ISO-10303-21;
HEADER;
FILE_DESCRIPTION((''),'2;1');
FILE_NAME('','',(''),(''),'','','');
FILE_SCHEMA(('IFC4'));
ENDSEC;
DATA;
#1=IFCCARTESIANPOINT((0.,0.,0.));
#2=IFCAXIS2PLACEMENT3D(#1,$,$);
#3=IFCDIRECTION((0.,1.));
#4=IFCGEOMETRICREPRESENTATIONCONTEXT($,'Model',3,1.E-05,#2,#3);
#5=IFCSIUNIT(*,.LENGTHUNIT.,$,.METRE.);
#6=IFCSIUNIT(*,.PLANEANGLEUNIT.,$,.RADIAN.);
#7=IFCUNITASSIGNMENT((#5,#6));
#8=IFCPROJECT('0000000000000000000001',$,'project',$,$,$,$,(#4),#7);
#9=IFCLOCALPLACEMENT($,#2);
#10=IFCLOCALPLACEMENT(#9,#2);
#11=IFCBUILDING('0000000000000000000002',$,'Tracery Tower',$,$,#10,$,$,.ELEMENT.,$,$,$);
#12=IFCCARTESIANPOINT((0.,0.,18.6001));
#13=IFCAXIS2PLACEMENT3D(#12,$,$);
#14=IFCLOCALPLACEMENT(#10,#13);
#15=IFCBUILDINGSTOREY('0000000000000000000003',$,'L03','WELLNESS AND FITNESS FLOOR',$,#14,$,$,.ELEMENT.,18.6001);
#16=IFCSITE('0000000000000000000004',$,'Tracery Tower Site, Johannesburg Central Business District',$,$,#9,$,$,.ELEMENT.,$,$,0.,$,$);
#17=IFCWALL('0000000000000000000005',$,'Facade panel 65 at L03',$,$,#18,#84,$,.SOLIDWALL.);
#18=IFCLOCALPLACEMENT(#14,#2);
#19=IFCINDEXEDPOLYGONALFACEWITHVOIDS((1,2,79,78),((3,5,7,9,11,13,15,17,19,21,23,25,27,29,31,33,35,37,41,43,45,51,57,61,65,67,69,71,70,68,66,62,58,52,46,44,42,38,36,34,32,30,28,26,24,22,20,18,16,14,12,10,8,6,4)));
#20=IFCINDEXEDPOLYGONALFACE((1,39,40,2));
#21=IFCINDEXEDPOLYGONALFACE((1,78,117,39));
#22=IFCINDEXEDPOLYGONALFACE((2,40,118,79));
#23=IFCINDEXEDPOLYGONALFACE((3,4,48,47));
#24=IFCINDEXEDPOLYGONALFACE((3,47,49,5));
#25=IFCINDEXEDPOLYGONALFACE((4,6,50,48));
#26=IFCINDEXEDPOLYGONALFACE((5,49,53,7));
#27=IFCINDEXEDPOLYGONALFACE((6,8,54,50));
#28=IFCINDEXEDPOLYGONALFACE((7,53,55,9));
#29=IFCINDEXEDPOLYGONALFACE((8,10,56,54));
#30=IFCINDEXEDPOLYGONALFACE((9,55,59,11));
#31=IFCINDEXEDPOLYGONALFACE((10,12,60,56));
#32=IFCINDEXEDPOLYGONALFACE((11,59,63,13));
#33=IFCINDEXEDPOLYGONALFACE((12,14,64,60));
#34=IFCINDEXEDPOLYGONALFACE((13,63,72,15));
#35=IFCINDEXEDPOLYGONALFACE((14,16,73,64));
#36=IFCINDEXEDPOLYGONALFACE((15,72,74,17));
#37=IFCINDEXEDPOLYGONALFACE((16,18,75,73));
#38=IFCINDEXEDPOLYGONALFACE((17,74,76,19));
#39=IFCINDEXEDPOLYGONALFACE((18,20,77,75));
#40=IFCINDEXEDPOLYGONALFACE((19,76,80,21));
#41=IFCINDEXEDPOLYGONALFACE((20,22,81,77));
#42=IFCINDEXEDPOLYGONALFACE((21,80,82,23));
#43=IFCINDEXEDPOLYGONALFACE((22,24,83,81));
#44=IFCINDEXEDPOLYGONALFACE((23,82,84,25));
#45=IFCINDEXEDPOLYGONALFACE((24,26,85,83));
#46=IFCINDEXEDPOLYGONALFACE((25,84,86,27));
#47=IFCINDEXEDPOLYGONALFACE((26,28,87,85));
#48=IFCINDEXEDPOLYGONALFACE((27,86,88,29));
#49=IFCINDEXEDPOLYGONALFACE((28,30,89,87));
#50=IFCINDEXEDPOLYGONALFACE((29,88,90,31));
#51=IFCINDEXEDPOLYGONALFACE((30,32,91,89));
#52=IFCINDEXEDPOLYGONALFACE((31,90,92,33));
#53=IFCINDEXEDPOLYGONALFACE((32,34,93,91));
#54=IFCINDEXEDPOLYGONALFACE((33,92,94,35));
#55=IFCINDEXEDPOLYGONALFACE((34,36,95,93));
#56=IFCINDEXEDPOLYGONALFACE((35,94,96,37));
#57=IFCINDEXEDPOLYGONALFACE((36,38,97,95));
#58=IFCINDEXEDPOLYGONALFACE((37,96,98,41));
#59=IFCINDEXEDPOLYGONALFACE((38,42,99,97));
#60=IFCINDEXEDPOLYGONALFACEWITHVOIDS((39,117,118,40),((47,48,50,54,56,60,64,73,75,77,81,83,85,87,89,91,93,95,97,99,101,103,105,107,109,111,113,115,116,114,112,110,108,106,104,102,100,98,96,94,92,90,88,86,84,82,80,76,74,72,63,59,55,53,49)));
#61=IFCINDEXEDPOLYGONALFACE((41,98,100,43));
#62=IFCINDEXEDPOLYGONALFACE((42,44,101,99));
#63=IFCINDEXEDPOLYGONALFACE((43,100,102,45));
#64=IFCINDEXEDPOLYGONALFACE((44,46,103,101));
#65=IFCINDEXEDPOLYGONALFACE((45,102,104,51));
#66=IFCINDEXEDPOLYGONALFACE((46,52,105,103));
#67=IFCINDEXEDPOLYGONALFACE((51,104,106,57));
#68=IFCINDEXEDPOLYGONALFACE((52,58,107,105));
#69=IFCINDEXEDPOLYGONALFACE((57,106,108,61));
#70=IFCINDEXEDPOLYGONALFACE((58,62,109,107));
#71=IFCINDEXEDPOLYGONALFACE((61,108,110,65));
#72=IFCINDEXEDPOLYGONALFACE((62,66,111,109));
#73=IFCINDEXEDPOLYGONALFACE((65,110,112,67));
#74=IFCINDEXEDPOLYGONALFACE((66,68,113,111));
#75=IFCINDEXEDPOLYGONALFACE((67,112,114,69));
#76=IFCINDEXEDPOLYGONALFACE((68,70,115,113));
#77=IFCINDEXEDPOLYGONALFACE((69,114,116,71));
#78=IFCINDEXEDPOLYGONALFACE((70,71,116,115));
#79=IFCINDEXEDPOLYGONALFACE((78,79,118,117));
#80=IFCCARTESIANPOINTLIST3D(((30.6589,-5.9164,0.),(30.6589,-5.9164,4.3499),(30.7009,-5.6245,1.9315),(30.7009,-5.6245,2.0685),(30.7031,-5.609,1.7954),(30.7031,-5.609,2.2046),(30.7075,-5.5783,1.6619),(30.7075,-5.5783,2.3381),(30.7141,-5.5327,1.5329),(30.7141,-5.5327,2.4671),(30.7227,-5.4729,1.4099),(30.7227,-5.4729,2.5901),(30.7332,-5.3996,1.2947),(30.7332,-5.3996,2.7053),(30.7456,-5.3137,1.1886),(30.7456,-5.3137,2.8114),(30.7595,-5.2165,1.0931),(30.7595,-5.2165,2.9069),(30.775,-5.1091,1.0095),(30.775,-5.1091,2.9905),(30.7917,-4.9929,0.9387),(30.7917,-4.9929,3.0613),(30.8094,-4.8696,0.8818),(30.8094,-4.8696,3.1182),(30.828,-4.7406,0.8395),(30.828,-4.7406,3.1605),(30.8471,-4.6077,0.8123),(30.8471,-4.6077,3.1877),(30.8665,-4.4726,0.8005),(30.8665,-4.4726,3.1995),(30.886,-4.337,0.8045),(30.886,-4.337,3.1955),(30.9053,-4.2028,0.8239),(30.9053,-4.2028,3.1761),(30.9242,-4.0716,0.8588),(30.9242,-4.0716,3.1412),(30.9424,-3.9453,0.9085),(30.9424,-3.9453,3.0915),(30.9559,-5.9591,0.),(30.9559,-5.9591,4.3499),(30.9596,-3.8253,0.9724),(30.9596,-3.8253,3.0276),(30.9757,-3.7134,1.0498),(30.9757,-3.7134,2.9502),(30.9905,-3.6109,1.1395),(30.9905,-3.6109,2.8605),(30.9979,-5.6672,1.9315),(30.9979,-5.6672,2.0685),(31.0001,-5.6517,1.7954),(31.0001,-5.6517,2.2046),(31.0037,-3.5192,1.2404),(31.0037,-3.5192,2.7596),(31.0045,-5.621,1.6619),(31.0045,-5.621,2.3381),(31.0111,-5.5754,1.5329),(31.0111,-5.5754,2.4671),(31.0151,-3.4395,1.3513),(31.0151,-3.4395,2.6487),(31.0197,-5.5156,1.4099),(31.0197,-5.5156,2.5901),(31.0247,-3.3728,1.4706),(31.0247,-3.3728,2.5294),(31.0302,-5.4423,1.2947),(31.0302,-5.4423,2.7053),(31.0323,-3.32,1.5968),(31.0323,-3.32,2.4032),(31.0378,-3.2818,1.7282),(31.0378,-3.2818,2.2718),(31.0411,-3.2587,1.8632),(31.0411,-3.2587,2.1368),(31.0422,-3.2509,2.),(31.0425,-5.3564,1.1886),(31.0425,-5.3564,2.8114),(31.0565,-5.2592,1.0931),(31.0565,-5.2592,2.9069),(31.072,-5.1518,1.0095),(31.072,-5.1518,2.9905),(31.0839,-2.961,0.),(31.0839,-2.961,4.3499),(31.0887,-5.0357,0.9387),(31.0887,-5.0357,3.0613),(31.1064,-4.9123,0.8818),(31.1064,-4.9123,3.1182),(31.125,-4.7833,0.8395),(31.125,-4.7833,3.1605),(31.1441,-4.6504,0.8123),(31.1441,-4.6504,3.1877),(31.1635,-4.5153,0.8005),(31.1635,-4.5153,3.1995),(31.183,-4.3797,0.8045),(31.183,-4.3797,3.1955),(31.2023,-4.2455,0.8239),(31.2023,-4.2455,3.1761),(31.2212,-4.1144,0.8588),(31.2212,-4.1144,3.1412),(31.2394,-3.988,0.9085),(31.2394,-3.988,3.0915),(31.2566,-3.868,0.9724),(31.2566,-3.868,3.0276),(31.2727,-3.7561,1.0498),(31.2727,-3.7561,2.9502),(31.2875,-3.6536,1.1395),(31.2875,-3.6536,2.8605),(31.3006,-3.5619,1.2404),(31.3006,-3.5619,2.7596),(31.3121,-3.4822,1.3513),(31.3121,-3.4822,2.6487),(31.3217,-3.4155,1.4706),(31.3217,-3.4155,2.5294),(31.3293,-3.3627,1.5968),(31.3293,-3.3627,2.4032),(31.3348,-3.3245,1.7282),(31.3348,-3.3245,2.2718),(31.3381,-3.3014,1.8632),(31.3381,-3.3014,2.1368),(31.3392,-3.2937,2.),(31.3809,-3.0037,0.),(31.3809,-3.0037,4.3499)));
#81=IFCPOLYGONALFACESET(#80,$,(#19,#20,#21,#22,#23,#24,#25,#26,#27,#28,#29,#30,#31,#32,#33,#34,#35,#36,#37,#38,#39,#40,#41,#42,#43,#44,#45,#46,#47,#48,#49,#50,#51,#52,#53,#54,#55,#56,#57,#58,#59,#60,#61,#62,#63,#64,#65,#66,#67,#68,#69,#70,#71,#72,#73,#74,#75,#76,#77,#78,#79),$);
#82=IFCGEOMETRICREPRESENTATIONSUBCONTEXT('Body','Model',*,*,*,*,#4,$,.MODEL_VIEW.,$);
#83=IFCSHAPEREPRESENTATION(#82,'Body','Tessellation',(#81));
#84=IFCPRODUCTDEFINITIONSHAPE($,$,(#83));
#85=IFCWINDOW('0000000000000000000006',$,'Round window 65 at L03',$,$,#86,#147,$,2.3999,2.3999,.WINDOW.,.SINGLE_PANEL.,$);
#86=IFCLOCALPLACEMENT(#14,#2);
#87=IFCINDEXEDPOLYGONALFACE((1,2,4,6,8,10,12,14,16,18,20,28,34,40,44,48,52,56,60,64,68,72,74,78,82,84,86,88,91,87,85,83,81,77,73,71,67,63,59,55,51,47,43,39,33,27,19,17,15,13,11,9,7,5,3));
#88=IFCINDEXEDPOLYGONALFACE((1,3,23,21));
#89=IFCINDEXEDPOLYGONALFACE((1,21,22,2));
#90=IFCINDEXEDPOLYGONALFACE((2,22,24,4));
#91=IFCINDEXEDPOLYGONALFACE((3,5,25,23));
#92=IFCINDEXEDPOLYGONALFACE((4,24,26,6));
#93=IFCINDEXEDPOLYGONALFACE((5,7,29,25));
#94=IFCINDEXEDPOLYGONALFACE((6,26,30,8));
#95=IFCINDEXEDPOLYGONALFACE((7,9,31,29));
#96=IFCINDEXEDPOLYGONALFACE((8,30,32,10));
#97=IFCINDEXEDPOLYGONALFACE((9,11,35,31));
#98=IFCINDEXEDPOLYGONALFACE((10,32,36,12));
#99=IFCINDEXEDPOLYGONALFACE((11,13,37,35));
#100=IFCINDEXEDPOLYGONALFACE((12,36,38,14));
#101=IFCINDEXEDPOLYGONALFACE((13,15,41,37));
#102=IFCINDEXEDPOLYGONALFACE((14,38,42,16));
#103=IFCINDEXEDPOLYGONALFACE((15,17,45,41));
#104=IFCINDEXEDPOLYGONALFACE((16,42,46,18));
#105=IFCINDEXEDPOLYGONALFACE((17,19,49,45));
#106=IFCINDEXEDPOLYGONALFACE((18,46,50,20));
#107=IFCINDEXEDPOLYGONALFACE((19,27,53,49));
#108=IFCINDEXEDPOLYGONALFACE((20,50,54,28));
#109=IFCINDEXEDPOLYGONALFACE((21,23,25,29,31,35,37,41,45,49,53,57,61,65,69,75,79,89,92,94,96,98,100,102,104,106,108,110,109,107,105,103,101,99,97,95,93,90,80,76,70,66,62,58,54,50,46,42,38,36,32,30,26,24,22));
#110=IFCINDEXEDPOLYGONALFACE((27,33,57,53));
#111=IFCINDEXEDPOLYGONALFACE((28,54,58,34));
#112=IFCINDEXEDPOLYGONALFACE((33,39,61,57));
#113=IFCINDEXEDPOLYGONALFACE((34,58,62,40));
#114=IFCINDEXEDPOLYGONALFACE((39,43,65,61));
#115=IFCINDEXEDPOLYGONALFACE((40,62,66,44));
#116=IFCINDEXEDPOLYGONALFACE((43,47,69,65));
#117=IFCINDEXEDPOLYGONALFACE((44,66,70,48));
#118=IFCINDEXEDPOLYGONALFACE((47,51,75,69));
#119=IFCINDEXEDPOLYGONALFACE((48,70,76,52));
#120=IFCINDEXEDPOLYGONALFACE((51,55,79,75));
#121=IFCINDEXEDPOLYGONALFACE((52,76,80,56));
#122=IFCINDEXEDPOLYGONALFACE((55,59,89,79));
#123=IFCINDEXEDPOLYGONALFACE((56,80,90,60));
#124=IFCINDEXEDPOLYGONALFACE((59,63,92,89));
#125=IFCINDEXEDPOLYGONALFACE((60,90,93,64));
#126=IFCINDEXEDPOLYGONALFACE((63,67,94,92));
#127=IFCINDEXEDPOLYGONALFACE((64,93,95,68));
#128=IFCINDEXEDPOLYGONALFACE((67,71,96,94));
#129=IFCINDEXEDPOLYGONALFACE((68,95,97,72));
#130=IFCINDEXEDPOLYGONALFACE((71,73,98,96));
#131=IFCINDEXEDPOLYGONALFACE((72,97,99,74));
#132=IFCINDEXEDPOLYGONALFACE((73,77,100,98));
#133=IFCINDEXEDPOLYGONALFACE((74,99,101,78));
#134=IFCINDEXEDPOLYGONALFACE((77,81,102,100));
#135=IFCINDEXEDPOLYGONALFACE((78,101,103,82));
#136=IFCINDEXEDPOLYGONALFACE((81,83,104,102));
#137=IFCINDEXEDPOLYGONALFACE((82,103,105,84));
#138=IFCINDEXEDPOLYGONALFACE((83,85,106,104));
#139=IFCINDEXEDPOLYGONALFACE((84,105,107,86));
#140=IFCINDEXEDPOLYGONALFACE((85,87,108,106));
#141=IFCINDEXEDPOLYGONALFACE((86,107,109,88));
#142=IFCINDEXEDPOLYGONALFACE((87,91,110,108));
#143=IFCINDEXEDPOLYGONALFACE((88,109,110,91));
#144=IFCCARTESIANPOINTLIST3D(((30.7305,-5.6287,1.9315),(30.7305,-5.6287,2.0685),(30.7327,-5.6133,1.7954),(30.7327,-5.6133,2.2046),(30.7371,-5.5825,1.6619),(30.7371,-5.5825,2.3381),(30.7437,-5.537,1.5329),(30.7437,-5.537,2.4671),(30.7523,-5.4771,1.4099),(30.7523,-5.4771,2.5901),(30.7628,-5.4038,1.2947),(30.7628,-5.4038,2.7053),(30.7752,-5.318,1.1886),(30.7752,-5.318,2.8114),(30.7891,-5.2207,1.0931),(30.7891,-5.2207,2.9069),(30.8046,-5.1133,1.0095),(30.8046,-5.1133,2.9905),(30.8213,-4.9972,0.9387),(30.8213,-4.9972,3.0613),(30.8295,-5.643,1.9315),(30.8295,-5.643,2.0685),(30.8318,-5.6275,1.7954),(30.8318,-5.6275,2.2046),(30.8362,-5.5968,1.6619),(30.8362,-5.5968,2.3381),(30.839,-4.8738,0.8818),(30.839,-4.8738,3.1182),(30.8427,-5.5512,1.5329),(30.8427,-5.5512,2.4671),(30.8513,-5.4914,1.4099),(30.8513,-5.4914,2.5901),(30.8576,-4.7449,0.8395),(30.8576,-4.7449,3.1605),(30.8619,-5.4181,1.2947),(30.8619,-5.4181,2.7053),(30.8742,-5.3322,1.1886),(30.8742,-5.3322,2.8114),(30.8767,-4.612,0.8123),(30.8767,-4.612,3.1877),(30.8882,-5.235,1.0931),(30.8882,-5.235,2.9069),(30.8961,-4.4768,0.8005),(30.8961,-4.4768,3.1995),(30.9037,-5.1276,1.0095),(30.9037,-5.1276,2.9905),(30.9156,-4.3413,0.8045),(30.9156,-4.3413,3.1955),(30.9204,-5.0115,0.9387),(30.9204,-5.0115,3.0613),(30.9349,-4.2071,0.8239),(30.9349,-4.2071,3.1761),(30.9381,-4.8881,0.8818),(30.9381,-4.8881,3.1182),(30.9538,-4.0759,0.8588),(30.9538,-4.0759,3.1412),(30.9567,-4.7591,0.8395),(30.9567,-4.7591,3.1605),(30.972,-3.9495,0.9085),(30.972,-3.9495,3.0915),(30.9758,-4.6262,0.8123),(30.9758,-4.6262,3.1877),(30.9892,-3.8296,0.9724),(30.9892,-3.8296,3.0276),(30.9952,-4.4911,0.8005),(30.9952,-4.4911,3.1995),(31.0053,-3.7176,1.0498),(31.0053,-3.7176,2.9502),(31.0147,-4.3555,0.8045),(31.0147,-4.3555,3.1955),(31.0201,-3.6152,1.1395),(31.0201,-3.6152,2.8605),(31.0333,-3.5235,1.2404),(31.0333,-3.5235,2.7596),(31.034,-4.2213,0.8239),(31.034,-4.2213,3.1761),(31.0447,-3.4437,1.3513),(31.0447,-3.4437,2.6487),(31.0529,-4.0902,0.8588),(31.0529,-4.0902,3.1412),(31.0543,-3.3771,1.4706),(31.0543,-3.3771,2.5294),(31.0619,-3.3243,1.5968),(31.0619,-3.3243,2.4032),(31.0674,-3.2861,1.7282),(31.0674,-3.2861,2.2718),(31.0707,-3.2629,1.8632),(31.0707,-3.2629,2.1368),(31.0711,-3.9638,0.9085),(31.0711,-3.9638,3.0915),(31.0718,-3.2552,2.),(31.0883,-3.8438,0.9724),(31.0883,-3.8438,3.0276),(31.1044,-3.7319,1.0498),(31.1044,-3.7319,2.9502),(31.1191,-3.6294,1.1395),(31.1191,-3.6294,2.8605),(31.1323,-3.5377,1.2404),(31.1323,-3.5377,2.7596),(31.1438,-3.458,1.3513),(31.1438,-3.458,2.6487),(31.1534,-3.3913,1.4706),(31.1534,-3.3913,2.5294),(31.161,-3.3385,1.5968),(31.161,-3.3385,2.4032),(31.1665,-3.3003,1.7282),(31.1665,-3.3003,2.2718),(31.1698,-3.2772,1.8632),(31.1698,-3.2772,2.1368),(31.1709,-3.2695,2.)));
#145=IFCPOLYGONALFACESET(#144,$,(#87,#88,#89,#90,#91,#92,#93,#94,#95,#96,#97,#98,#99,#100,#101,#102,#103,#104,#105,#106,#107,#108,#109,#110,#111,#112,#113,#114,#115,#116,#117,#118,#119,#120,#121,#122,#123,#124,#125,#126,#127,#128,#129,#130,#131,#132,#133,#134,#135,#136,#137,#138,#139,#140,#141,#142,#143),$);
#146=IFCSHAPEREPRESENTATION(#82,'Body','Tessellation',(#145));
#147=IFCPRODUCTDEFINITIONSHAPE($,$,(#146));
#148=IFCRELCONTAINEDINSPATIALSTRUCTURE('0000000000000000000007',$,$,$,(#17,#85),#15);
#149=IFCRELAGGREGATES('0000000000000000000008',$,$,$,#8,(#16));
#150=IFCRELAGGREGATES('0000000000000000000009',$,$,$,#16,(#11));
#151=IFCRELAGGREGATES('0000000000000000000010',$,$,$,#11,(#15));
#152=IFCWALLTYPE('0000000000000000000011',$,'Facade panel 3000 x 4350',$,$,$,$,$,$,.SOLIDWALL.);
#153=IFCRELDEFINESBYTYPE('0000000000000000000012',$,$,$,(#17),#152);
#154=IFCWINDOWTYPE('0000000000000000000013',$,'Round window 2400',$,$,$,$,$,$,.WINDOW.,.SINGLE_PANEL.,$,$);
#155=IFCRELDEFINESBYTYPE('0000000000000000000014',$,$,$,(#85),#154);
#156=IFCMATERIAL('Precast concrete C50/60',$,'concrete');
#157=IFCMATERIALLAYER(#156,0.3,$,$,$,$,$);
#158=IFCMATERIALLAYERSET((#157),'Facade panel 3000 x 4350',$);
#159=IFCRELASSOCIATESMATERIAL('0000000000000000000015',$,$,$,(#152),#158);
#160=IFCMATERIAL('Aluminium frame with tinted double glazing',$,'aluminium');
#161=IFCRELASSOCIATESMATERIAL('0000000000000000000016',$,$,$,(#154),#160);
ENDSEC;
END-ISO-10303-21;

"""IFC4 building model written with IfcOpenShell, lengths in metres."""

from ifc_helpers import new_model, si_unit, direction, frame, frame_2d, origin, origin_2d, place, context, subcontext, project, spatial, rectangle, circle, extrude, material, layer, layer_set, type_object, element, fill, save


model = new_model("IFC4")

# Units and contexts
model_context = context("Model", 3, precision=1e-05, world=origin(), true_north=direction((0.0, 1.0)))
body_context = subcontext(model_context, "Body", "Model", "MODEL_VIEW")
ifc_project = project(units=[si_unit("LENGTHUNIT", "METRE"), si_unit("PLANEANGLEUNIT", "RADIAN")], contexts=[model_context])

# Site, building, storey
site_placement = place(None, origin())
site = spatial("IfcSite", under=ifc_project, at=site_placement, Name="Tracery Tower Site, Johannesburg Central Business District", CompositionType="ELEMENT", RefElevation=0.0)
building_placement = place(site_placement, origin())
building = spatial("IfcBuilding", under=site, at=building_placement, Name="Tracery Tower", CompositionType="ELEMENT")
storey_placement = place(building_placement, frame((0.0, 0.0, 18.6001)))
storey = spatial("IfcBuildingStorey", under=building, at=storey_placement, Name="L03", Description="WELLNESS AND FITNESS FLOOR", CompositionType="ELEMENT", Elevation=18.6001)

# Wall, opening, window
ifc_material_1 = material(Name="Precast concrete C50/60", Category="concrete")
ifc_layer_1 = layer(ifc_material_1, 0.3)
ifc_layer_set_1 = layer_set([ifc_layer_1], Name="Facade panel 3000 x 4350")
wall_type_1 = type_object("IfcWallType", Name="Facade panel 3000 x 4350", PredefinedType="SOLIDWALL", material=ifc_layer_set_1)
ifc_material_2 = material(Name="Aluminium frame with tinted double glazing", Category="aluminium")
window_type = type_object("IfcWindowType", Name="Round window 2400", PartitioningType="SINGLE_PANEL", PredefinedType="WINDOW", material=ifc_material_2)
wall_1_placement = place(storey_placement, frame((30.8074, -5.9377, 0.0), z_axis=(0.0, 0.0, 1.0), x_axis=(0.14236, 0.989815, 0.0)))
wall_1 = element("IfcWall", 1, at=wall_1_placement, inside=storey, type_object=wall_type_1, Name="Facade panel 65 at L03", PredefinedType="SOLIDWALL", context=body_context, shape_type="SweptSolid", body=[
    extrude(rectangle(XDim=2.9858, YDim=0.3, at=frame_2d((1.4929, 0.0))), origin(), (0.0, 0.0, 1.0), 4.3499),
])
opening_1_placement = place(wall_1_placement, frame((1.4929, 0.0, 2.0)))
opening_1 = element("IfcOpeningElement", 2, at=opening_1_placement, cuts=wall_1, PredefinedType="OPENING", context=body_context, shape_type="SweptSolid", body=[
    extrude(circle(Radius=1.2, at=origin_2d()), frame((0.0, 0.1599, 0.0), z_axis=(0.0, -1.0, 0.0), x_axis=(1.0, 0.0, 0.0)), (0.0, 0.0, 1.0), 0.3201),
])
window_1_placement = place(opening_1_placement, origin())
window_1 = element("IfcWindow", 3, at=window_1_placement, inside=storey, type_object=window_type, Name="Round window 65 at L03", OverallHeight=2.3999, OverallWidth=2.3999, PartitioningType="SINGLE_PANEL", PredefinedType="WINDOW", context=body_context, shape_type="SweptSolid", body=[
    extrude(circle(Radius=1.2, at=origin_2d()), frame((0.0, 0.1201, 0.0), z_axis=(0.0, -1.0, 0.0), x_axis=(1.0, 0.0, 0.0)), (0.0, 0.0, 1.0), 0.1001),
])
fill(opening_1, window_1)

save(model, "model.ifc")
